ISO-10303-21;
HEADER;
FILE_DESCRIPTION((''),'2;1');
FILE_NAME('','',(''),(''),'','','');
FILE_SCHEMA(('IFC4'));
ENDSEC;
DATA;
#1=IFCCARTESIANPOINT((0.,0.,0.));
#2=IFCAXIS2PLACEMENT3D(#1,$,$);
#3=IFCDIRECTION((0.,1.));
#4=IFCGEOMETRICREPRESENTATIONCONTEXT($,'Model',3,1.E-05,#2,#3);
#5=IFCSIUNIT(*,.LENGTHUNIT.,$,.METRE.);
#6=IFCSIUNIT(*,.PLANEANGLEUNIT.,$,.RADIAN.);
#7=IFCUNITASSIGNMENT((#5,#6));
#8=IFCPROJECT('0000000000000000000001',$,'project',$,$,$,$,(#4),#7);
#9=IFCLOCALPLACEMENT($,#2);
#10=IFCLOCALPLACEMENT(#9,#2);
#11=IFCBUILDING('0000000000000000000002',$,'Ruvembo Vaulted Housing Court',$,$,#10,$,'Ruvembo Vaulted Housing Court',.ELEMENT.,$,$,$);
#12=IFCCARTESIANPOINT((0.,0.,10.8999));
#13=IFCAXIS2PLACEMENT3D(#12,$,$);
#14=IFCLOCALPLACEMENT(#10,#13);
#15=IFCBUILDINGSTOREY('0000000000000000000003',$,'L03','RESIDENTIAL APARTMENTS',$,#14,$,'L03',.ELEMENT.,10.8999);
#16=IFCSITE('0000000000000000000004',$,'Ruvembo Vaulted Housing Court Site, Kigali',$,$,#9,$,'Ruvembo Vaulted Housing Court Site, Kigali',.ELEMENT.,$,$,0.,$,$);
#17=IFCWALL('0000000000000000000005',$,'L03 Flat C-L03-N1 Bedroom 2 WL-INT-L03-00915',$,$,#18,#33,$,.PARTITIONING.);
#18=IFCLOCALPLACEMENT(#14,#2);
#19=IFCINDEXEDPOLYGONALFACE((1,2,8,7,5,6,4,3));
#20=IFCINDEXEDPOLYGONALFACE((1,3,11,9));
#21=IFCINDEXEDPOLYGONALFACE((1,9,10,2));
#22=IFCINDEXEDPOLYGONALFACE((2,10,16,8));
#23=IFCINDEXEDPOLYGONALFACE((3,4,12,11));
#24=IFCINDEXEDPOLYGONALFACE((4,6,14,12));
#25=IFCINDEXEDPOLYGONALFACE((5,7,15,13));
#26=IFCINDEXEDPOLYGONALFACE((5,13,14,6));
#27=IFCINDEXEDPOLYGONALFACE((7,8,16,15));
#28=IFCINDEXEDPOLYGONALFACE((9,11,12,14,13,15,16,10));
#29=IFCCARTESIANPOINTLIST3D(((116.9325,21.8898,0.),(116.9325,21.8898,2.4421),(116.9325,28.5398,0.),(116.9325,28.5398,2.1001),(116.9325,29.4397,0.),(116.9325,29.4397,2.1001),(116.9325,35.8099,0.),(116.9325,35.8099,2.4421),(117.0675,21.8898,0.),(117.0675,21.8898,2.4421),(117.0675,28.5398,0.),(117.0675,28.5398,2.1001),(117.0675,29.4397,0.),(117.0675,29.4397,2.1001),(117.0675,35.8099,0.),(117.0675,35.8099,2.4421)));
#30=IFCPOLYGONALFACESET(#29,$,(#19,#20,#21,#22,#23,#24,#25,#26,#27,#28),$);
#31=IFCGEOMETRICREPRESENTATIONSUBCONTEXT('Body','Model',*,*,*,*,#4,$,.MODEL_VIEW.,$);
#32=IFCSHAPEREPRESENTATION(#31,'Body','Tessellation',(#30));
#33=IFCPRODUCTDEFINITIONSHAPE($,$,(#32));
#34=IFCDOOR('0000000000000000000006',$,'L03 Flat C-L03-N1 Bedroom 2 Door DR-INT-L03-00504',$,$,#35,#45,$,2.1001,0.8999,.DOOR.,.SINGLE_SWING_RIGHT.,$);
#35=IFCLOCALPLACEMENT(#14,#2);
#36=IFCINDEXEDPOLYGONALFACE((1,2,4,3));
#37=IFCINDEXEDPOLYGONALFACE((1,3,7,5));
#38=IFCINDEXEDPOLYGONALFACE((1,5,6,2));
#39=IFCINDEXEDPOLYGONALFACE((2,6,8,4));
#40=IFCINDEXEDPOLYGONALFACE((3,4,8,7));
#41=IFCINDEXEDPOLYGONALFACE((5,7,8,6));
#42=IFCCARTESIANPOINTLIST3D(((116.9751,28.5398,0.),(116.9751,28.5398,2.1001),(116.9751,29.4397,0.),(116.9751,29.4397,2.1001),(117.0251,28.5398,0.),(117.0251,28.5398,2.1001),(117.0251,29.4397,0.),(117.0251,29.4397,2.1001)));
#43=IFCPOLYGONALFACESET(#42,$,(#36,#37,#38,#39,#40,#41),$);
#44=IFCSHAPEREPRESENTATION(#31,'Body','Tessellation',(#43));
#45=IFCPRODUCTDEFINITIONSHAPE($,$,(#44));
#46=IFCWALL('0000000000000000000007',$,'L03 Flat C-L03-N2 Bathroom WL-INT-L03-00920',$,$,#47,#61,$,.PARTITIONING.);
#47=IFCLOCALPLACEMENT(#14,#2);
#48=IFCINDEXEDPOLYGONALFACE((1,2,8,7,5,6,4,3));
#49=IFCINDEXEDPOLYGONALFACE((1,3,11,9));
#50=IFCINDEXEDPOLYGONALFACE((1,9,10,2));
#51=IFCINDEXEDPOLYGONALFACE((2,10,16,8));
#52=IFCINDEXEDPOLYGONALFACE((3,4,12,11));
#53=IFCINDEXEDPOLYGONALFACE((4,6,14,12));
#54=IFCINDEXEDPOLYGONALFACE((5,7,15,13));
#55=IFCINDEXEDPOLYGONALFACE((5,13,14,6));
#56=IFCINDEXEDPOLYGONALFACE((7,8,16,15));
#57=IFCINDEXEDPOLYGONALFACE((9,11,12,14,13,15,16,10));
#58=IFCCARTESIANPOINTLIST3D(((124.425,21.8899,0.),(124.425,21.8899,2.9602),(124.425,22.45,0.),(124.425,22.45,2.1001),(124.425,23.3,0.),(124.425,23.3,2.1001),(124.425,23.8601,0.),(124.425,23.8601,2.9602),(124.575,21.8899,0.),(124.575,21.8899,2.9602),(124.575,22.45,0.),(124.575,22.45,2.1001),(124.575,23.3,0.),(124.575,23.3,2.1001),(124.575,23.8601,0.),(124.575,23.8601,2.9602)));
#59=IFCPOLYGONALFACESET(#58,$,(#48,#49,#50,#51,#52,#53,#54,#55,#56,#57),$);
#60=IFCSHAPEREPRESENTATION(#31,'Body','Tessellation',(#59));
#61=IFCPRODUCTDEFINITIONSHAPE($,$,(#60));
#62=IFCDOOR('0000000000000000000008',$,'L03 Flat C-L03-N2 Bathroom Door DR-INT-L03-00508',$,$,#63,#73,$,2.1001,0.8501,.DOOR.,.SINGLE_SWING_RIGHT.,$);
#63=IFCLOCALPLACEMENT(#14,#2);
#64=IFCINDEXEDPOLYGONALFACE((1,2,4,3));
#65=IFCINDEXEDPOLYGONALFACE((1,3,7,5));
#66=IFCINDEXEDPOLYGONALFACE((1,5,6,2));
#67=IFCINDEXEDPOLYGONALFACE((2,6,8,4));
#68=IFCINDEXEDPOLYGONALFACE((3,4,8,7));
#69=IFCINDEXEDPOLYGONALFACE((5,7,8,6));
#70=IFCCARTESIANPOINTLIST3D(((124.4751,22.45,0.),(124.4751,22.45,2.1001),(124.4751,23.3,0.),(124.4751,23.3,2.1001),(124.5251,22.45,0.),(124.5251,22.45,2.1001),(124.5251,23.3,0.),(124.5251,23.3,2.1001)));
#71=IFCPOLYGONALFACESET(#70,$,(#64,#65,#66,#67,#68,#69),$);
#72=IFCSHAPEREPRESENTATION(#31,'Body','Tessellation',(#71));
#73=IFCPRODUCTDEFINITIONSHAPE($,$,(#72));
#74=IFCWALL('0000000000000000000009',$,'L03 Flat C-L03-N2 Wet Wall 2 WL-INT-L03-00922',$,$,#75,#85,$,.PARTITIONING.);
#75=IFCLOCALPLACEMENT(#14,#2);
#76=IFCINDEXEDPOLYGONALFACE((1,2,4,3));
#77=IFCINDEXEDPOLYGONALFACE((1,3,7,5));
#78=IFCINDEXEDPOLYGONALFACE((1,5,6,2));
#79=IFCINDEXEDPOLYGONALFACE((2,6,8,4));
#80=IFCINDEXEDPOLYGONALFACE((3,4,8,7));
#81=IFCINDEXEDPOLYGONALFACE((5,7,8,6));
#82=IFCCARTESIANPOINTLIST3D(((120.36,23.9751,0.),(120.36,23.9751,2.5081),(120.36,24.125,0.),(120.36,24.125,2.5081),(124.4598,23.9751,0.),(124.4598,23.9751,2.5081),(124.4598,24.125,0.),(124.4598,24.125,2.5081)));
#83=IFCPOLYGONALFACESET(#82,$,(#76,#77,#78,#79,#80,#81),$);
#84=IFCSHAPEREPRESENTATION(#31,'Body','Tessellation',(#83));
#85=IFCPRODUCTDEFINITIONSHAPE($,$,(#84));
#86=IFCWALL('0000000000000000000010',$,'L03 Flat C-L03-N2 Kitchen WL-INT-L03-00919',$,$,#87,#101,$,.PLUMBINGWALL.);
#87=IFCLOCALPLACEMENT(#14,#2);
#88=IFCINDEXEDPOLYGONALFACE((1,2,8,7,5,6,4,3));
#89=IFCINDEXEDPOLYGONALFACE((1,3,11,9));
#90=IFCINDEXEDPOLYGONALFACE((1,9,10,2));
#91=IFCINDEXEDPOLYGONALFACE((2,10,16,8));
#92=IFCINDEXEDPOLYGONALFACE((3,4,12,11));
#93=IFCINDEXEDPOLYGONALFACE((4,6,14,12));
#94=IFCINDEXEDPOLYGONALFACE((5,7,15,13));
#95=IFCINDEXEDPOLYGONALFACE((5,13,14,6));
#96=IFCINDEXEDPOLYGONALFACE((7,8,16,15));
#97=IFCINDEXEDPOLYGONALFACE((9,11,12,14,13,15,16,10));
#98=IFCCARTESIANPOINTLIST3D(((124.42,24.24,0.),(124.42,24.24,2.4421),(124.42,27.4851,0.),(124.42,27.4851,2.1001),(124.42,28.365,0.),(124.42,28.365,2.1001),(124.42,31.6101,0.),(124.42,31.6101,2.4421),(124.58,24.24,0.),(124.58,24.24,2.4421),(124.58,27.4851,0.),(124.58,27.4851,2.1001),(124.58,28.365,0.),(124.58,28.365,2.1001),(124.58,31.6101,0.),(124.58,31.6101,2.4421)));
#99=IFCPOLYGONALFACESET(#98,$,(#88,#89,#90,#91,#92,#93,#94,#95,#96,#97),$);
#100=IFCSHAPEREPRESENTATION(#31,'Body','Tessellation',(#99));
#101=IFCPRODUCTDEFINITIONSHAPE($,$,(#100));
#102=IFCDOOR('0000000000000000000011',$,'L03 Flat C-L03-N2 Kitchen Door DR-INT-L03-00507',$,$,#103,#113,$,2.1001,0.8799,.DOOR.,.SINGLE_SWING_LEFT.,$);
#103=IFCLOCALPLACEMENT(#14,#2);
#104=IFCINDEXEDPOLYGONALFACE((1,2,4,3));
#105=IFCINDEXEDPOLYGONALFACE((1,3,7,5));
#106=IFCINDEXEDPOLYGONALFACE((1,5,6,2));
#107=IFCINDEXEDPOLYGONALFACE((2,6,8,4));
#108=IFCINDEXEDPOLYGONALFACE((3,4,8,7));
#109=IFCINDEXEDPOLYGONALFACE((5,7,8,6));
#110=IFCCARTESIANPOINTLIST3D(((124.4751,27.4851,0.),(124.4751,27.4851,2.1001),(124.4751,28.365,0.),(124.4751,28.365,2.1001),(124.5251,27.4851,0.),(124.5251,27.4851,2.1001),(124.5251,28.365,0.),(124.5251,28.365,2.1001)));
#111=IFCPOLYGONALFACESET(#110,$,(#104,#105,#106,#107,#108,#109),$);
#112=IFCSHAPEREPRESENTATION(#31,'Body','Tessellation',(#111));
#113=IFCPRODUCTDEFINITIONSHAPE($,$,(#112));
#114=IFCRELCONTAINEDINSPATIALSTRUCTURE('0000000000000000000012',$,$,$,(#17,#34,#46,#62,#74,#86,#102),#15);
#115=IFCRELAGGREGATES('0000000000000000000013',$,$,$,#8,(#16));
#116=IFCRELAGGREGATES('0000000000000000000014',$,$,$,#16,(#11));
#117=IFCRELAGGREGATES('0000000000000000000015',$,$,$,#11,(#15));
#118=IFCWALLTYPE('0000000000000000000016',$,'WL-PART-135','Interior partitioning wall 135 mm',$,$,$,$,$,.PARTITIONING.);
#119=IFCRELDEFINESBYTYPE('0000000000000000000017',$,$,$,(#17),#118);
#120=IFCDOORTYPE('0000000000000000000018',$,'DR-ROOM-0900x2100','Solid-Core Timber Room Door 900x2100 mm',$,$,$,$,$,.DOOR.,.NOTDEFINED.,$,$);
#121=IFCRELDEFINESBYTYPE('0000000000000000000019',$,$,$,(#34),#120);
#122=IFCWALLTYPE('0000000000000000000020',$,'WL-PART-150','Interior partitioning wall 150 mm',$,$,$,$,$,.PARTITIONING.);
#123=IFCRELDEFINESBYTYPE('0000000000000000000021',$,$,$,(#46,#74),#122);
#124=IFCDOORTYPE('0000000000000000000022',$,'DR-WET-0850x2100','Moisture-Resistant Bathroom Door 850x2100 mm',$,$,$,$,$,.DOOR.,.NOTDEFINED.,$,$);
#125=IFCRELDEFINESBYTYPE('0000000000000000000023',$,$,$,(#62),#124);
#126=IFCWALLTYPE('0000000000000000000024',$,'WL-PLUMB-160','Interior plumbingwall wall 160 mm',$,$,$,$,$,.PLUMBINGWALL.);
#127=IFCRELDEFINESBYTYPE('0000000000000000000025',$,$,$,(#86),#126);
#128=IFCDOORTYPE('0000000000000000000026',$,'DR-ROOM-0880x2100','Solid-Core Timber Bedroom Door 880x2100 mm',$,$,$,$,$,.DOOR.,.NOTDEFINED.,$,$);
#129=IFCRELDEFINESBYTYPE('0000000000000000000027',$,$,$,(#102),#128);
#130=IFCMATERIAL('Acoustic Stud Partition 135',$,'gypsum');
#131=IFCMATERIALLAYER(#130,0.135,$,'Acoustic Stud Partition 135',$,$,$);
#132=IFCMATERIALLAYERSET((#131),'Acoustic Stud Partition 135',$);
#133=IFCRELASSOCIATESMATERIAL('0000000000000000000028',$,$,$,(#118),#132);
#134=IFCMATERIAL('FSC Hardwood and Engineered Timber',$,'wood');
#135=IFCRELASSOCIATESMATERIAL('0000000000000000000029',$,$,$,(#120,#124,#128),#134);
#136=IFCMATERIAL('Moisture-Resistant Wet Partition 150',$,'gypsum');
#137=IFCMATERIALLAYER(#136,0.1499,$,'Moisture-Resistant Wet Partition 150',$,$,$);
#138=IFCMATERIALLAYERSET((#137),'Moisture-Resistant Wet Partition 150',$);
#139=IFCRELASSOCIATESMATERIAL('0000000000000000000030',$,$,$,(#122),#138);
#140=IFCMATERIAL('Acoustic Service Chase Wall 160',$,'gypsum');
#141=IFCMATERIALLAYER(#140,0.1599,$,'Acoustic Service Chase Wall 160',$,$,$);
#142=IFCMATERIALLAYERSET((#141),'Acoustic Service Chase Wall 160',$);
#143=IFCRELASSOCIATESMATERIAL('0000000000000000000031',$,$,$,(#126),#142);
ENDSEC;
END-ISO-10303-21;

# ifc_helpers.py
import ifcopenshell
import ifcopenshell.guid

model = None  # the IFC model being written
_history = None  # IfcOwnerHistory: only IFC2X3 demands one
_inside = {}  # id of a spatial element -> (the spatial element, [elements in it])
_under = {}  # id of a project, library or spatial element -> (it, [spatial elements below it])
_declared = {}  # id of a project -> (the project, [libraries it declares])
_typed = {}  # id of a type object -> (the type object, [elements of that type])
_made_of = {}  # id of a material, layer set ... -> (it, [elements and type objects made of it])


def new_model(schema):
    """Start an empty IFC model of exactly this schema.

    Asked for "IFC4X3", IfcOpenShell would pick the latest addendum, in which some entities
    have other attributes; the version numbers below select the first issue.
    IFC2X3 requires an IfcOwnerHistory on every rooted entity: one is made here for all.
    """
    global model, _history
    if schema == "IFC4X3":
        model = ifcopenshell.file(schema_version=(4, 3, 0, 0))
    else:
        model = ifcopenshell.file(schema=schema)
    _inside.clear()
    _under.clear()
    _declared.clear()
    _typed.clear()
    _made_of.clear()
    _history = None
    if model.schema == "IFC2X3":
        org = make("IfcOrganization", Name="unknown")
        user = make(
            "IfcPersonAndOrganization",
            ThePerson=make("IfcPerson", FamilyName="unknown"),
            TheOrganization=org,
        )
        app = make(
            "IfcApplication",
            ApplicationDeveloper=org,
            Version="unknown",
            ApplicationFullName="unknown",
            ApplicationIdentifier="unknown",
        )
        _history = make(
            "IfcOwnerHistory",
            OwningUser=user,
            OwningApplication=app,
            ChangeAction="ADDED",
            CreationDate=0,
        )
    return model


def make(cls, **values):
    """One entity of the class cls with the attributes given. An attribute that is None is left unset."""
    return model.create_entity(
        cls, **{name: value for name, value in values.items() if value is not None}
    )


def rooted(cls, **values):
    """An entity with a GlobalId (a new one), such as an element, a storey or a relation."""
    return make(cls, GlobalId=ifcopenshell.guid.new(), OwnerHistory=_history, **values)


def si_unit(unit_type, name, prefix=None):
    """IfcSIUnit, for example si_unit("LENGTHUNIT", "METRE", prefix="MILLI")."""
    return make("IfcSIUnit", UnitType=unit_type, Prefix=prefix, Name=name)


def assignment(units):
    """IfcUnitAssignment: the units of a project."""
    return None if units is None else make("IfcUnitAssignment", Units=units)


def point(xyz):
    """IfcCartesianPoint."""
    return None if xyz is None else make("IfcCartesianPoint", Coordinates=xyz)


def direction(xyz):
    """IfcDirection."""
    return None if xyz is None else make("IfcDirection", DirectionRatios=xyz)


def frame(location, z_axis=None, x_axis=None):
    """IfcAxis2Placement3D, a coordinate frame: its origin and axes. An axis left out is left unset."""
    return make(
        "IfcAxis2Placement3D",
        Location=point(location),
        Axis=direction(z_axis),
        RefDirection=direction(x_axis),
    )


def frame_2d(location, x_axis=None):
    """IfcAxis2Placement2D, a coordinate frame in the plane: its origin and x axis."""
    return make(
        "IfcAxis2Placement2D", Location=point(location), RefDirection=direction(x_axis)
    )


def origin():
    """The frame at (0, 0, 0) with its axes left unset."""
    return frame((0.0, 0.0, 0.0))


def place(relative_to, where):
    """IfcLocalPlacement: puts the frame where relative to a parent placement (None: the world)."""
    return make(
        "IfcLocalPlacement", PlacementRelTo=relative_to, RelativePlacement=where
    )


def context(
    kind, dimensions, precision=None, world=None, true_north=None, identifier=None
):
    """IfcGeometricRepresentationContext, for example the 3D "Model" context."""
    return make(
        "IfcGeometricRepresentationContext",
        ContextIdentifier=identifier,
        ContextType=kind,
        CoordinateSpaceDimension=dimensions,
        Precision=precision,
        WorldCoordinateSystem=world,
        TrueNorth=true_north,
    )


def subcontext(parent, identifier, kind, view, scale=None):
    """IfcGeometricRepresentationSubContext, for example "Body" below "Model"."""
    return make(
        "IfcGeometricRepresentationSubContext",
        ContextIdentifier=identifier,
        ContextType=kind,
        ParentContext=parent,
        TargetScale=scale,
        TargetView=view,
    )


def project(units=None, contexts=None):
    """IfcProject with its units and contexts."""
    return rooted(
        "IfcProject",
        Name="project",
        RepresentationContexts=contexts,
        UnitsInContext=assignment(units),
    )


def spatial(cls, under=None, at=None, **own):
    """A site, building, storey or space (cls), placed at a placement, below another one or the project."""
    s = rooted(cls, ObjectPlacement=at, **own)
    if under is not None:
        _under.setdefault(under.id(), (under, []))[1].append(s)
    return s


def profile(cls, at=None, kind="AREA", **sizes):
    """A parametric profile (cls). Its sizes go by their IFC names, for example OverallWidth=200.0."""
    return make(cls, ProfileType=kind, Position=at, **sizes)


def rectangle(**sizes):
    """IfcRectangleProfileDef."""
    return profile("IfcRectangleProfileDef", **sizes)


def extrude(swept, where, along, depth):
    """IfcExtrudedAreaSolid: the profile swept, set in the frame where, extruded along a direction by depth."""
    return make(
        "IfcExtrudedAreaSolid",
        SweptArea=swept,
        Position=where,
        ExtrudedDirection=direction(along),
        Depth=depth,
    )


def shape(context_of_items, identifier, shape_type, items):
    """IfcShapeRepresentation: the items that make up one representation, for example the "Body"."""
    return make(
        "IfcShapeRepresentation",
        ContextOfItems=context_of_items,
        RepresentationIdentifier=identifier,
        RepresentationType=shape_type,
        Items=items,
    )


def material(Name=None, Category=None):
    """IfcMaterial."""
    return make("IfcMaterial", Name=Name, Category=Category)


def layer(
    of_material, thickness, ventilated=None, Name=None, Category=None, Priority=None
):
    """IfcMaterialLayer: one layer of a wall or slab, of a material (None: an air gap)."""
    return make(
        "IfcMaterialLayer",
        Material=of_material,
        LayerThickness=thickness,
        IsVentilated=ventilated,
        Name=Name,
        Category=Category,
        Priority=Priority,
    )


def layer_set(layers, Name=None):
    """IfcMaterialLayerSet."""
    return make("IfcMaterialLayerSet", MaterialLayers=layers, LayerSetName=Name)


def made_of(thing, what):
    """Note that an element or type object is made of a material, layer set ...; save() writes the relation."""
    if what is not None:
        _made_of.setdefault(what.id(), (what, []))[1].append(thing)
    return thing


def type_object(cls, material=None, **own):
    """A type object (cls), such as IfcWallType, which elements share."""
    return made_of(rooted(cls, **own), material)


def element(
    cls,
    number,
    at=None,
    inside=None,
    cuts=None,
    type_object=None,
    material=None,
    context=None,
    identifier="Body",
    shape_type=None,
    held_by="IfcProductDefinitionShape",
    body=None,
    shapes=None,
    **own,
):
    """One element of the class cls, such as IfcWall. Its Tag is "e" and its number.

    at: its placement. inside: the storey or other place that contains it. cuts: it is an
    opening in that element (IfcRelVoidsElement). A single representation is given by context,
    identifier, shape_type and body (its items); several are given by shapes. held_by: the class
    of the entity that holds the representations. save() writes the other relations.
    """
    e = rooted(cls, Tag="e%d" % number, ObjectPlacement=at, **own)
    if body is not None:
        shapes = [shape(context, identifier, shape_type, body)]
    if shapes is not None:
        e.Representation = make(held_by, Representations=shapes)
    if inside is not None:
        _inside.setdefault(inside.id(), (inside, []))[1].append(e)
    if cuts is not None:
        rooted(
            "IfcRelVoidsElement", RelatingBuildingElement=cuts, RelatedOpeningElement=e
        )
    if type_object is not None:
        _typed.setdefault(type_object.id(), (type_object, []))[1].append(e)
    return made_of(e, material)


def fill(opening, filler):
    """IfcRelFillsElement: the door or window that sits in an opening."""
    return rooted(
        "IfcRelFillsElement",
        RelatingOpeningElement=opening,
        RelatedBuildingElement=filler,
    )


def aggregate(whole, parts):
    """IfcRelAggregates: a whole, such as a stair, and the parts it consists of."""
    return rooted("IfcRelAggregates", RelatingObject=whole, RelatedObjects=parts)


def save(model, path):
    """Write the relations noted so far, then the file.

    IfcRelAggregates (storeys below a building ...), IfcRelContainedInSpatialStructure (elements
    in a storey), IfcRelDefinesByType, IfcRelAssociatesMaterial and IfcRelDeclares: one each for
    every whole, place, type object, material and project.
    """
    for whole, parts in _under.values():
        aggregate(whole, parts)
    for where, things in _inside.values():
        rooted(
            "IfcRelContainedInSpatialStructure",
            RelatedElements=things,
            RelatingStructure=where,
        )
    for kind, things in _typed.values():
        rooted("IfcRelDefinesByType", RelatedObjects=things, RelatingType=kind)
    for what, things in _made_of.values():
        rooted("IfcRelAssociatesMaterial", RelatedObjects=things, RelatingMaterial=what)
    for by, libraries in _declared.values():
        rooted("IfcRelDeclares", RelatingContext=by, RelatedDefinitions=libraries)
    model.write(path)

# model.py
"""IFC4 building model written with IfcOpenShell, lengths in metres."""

from ifc_helpers import new_model, si_unit, direction, frame, frame_2d, origin, place, context, subcontext, project, spatial, rectangle, extrude, material, layer, layer_set, type_object, element, fill, save


model = new_model("IFC4")

# Units and contexts
model_context = context("Model", 3, precision=1e-05, world=origin(), true_north=direction((0.0, 1.0)))
body_context = subcontext(model_context, "Body", "Model", "MODEL_VIEW")
ifc_project = project(units=[si_unit("LENGTHUNIT", "METRE"), si_unit("PLANEANGLEUNIT", "RADIAN")], contexts=[model_context])

# Site, building, storey
site_placement = place(None, origin())
site = spatial("IfcSite", under=ifc_project, at=site_placement, Name="Ruvembo Vaulted Housing Court Site, Kigali", LongName="Ruvembo Vaulted Housing Court Site, Kigali", CompositionType="ELEMENT", RefElevation=0.0)
building_placement = place(site_placement, origin())
building = spatial("IfcBuilding", under=site, at=building_placement, Name="Ruvembo Vaulted Housing Court", LongName="Ruvembo Vaulted Housing Court", CompositionType="ELEMENT")
storey_placement = place(building_placement, frame((0.0, 0.0, 10.8999)))
storey = spatial("IfcBuildingStorey", under=building, at=storey_placement, Name="L03", Description="RESIDENTIAL APARTMENTS", LongName="L03", CompositionType="ELEMENT", Elevation=10.8999)

# Shared definitions
ifc_material_1 = material(Name="FSC Hardwood and Engineered Timber", Category="wood")

# Walls, openings, doors
ifc_material_2 = material(Name="Acoustic Stud Partition 135", Category="gypsum")
ifc_layer_1 = layer(ifc_material_2, 0.135, Name="Acoustic Stud Partition 135")
ifc_layer_set_1 = layer_set([ifc_layer_1], Name="Acoustic Stud Partition 135")
wall_type_1 = type_object("IfcWallType", Name="WL-PART-135", Description="Interior partitioning wall 135 mm", PredefinedType="PARTITIONING", material=ifc_layer_set_1)
wall_1_placement = place(storey_placement, frame((117.0, 21.8899, 0.0), z_axis=(0.0, 0.0, 1.0), x_axis=(0.0, 1.0, 0.0)))
wall_1 = element("IfcWall", 1, at=wall_1_placement, inside=storey, type_object=wall_type_1, Name="L03 Flat C-L03-N1 Bedroom 2 WL-INT-L03-00915", PredefinedType="PARTITIONING", context=body_context, shape_type="SweptSolid", body=[
    extrude(rectangle(XDim=13.9202, YDim=0.135, at=frame_2d((6.96, 0.0))), origin(), (0.0, 0.0, 1.0), 2.4421),
])
opening_1_placement = place(wall_1_placement, frame((6.6499, 0.0, 0.0)))
opening_1 = element("IfcOpeningElement", 2, at=opening_1_placement, cuts=wall_1, PredefinedType="OPENING", context=body_context, shape_type="SweptSolid", body=[
    extrude(rectangle(XDim=0.8999, YDim=2.1001, at=frame_2d((0.45, 1.05))), frame((0.0, 0.0774, 0.0), z_axis=(0.0, -1.0, 0.0), x_axis=(1.0, 0.0, 0.0)), (0.0, 0.0, 1.0), 0.155),
])
door_type_1 = type_object("IfcDoorType", Name="DR-ROOM-0900x2100", Description="Solid-Core Timber Room Door 900x2100 mm", OperationType="NOTDEFINED", PredefinedType="DOOR", material=ifc_material_1)
door_1_placement = place(opening_1_placement, origin())
door_1 = element("IfcDoor", 3, at=door_1_placement, inside=storey, type_object=door_type_1, Name="L03 Flat C-L03-N1 Bedroom 2 Door DR-INT-L03-00504", OperationType="SINGLE_SWING_RIGHT", OverallHeight=2.1001, OverallWidth=0.8999, PredefinedType="DOOR", context=body_context, shape_type="SweptSolid", body=[
    extrude(rectangle(XDim=0.8999, YDim=2.1001, at=frame_2d((0.45, 1.05))), frame((0.0, 0.0249, 0.0), z_axis=(0.0, -1.0, 0.0), x_axis=(1.0, 0.0, 0.0)), (0.0, 0.0, 1.0), 0.05),
])
fill(opening_1, door_1)
ifc_material_3 = material(Name="Moisture-Resistant Wet Partition 150", Category="gypsum")
ifc_layer_2 = layer(ifc_material_3, 0.1499, Name="Moisture-Resistant Wet Partition 150")
ifc_layer_set_2 = layer_set([ifc_layer_2], Name="Moisture-Resistant Wet Partition 150")
wall_type_2 = type_object("IfcWallType", Name="WL-PART-150", Description="Interior partitioning wall 150 mm", PredefinedType="PARTITIONING", material=ifc_layer_set_2)
wall_2_placement = place(storey_placement, frame((124.5, 21.8899, 0.0), z_axis=(0.0, 0.0, 1.0), x_axis=(0.0, 1.0, 0.0)))
wall_2 = element("IfcWall", 4, at=wall_2_placement, inside=storey, type_object=wall_type_2, Name="L03 Flat C-L03-N2 Bathroom WL-INT-L03-00920", PredefinedType="PARTITIONING", context=body_context, shape_type="SweptSolid", body=[
    extrude(rectangle(XDim=1.9702, YDim=0.1499, at=frame_2d((0.9851, 0.0))), origin(), (0.0, 0.0, 1.0), 2.9602),
])
opening_2_placement = place(wall_2_placement, frame((0.5601, 0.0, 0.0)))
opening_2 = element("IfcOpeningElement", 5, at=opening_2_placement, cuts=wall_2, PredefinedType="OPENING", context=body_context, shape_type="SweptSolid", body=[
    extrude(rectangle(XDim=0.8501, YDim=2.1001, at=frame_2d((0.425, 1.05))), frame((0.0, 0.085, 0.0), z_axis=(0.0, -1.0, 0.0), x_axis=(1.0, 0.0, 0.0)), (0.0, 0.0, 1.0), 0.1699),
])
door_type_2 = type_object("IfcDoorType", Name="DR-WET-0850x2100", Description="Moisture-Resistant Bathroom Door 850x2100 mm", OperationType="NOTDEFINED", PredefinedType="DOOR", material=ifc_material_1)
door_2_placement = place(opening_2_placement, origin())
door_2 = element("IfcDoor", 6, at=door_2_placement, inside=storey, type_object=door_type_2, Name="L03 Flat C-L03-N2 Bathroom Door DR-INT-L03-00508", OperationType="SINGLE_SWING_RIGHT", OverallHeight=2.1001, OverallWidth=0.8501, PredefinedType="DOOR", context=body_context, shape_type="SweptSolid", body=[
    extrude(rectangle(XDim=0.8501, YDim=2.1001, at=frame_2d((0.425, 1.05))), frame((0.0, 0.0249, 0.0), z_axis=(0.0, -1.0, 0.0), x_axis=(1.0, 0.0, 0.0)), (0.0, 0.0, 1.0), 0.05),
])
fill(opening_2, door_2)

# Wall
wall_3_placement = place(storey_placement, frame((120.3601, 24.05, 0.0), z_axis=(0.0, 0.0, 1.0), x_axis=(1.0, 0.0, 0.0)))
element("IfcWall", 7, at=wall_3_placement, inside=storey, type_object=wall_type_2, Name="L03 Flat C-L03-N2 Wet Wall 2 WL-INT-L03-00922", PredefinedType="PARTITIONING", context=body_context, shape_type="SweptSolid", body=[
    extrude(rectangle(XDim=4.0999, YDim=0.1499, at=frame_2d((2.0498, 0.0))), origin(), (0.0, 0.0, 1.0), 2.5081),
])

# Wall, opening, door
ifc_material_4 = material(Name="Acoustic Service Chase Wall 160", Category="gypsum")
ifc_layer_3 = layer(ifc_material_4, 0.1599, Name="Acoustic Service Chase Wall 160")
ifc_layer_set_3 = layer_set([ifc_layer_3], Name="Acoustic Service Chase Wall 160")
wall_type_3 = type_object("IfcWallType", Name="WL-PLUMB-160", Description="Interior plumbingwall wall 160 mm", PredefinedType="PLUMBINGWALL", material=ifc_layer_set_3)
wall_4_placement = place(storey_placement, frame((124.5, 24.24, 0.0), z_axis=(0.0, 0.0, 1.0), x_axis=(0.0, 1.0, 0.0)))
wall_4 = element("IfcWall", 8, at=wall_4_placement, inside=storey, type_object=wall_type_3, Name="L03 Flat C-L03-N2 Kitchen WL-INT-L03-00919", PredefinedType="PLUMBINGWALL", context=body_context, shape_type="SweptSolid", body=[
    extrude(rectangle(XDim=7.3701, YDim=0.1599, at=frame_2d((3.6851, 0.0))), origin(), (0.0, 0.0, 1.0), 2.4421),
])
opening_3_placement = place(wall_4_placement, frame((3.2451, 0.0, 0.0)))
opening_3 = element("IfcOpeningElement", 9, at=opening_3_placement, cuts=wall_4, PredefinedType="OPENING", context=body_context, shape_type="SweptSolid", body=[
    extrude(rectangle(XDim=0.8799, YDim=2.1001, at=frame_2d((0.4399, 1.05))), frame((0.0, 0.0898, 0.0), z_axis=(0.0, -1.0, 0.0), x_axis=(1.0, 0.0, 0.0)), (0.0, 0.0, 1.0), 0.1799),
])
door_type_3 = type_object("IfcDoorType", Name="DR-ROOM-0880x2100", Description="Solid-Core Timber Bedroom Door 880x2100 mm", OperationType="NOTDEFINED", PredefinedType="DOOR", material=ifc_material_1)
door_3_placement = place(opening_3_placement, origin())
door_3 = element("IfcDoor", 10, at=door_3_placement, inside=storey, type_object=door_type_3, Name="L03 Flat C-L03-N2 Kitchen Door DR-INT-L03-00507", OperationType="SINGLE_SWING_LEFT", OverallHeight=2.1001, OverallWidth=0.8799, PredefinedType="DOOR", context=body_context, shape_type="SweptSolid", body=[
    extrude(rectangle(XDim=0.8799, YDim=2.1001, at=frame_2d((0.4399, 1.05))), frame((0.0, 0.0249, 0.0), z_axis=(0.0, -1.0, 0.0), x_axis=(1.0, 0.0, 0.0)), (0.0, 0.0, 1.0), 0.05),
])
fill(opening_3, door_3)

save(model, "model.ifc")
